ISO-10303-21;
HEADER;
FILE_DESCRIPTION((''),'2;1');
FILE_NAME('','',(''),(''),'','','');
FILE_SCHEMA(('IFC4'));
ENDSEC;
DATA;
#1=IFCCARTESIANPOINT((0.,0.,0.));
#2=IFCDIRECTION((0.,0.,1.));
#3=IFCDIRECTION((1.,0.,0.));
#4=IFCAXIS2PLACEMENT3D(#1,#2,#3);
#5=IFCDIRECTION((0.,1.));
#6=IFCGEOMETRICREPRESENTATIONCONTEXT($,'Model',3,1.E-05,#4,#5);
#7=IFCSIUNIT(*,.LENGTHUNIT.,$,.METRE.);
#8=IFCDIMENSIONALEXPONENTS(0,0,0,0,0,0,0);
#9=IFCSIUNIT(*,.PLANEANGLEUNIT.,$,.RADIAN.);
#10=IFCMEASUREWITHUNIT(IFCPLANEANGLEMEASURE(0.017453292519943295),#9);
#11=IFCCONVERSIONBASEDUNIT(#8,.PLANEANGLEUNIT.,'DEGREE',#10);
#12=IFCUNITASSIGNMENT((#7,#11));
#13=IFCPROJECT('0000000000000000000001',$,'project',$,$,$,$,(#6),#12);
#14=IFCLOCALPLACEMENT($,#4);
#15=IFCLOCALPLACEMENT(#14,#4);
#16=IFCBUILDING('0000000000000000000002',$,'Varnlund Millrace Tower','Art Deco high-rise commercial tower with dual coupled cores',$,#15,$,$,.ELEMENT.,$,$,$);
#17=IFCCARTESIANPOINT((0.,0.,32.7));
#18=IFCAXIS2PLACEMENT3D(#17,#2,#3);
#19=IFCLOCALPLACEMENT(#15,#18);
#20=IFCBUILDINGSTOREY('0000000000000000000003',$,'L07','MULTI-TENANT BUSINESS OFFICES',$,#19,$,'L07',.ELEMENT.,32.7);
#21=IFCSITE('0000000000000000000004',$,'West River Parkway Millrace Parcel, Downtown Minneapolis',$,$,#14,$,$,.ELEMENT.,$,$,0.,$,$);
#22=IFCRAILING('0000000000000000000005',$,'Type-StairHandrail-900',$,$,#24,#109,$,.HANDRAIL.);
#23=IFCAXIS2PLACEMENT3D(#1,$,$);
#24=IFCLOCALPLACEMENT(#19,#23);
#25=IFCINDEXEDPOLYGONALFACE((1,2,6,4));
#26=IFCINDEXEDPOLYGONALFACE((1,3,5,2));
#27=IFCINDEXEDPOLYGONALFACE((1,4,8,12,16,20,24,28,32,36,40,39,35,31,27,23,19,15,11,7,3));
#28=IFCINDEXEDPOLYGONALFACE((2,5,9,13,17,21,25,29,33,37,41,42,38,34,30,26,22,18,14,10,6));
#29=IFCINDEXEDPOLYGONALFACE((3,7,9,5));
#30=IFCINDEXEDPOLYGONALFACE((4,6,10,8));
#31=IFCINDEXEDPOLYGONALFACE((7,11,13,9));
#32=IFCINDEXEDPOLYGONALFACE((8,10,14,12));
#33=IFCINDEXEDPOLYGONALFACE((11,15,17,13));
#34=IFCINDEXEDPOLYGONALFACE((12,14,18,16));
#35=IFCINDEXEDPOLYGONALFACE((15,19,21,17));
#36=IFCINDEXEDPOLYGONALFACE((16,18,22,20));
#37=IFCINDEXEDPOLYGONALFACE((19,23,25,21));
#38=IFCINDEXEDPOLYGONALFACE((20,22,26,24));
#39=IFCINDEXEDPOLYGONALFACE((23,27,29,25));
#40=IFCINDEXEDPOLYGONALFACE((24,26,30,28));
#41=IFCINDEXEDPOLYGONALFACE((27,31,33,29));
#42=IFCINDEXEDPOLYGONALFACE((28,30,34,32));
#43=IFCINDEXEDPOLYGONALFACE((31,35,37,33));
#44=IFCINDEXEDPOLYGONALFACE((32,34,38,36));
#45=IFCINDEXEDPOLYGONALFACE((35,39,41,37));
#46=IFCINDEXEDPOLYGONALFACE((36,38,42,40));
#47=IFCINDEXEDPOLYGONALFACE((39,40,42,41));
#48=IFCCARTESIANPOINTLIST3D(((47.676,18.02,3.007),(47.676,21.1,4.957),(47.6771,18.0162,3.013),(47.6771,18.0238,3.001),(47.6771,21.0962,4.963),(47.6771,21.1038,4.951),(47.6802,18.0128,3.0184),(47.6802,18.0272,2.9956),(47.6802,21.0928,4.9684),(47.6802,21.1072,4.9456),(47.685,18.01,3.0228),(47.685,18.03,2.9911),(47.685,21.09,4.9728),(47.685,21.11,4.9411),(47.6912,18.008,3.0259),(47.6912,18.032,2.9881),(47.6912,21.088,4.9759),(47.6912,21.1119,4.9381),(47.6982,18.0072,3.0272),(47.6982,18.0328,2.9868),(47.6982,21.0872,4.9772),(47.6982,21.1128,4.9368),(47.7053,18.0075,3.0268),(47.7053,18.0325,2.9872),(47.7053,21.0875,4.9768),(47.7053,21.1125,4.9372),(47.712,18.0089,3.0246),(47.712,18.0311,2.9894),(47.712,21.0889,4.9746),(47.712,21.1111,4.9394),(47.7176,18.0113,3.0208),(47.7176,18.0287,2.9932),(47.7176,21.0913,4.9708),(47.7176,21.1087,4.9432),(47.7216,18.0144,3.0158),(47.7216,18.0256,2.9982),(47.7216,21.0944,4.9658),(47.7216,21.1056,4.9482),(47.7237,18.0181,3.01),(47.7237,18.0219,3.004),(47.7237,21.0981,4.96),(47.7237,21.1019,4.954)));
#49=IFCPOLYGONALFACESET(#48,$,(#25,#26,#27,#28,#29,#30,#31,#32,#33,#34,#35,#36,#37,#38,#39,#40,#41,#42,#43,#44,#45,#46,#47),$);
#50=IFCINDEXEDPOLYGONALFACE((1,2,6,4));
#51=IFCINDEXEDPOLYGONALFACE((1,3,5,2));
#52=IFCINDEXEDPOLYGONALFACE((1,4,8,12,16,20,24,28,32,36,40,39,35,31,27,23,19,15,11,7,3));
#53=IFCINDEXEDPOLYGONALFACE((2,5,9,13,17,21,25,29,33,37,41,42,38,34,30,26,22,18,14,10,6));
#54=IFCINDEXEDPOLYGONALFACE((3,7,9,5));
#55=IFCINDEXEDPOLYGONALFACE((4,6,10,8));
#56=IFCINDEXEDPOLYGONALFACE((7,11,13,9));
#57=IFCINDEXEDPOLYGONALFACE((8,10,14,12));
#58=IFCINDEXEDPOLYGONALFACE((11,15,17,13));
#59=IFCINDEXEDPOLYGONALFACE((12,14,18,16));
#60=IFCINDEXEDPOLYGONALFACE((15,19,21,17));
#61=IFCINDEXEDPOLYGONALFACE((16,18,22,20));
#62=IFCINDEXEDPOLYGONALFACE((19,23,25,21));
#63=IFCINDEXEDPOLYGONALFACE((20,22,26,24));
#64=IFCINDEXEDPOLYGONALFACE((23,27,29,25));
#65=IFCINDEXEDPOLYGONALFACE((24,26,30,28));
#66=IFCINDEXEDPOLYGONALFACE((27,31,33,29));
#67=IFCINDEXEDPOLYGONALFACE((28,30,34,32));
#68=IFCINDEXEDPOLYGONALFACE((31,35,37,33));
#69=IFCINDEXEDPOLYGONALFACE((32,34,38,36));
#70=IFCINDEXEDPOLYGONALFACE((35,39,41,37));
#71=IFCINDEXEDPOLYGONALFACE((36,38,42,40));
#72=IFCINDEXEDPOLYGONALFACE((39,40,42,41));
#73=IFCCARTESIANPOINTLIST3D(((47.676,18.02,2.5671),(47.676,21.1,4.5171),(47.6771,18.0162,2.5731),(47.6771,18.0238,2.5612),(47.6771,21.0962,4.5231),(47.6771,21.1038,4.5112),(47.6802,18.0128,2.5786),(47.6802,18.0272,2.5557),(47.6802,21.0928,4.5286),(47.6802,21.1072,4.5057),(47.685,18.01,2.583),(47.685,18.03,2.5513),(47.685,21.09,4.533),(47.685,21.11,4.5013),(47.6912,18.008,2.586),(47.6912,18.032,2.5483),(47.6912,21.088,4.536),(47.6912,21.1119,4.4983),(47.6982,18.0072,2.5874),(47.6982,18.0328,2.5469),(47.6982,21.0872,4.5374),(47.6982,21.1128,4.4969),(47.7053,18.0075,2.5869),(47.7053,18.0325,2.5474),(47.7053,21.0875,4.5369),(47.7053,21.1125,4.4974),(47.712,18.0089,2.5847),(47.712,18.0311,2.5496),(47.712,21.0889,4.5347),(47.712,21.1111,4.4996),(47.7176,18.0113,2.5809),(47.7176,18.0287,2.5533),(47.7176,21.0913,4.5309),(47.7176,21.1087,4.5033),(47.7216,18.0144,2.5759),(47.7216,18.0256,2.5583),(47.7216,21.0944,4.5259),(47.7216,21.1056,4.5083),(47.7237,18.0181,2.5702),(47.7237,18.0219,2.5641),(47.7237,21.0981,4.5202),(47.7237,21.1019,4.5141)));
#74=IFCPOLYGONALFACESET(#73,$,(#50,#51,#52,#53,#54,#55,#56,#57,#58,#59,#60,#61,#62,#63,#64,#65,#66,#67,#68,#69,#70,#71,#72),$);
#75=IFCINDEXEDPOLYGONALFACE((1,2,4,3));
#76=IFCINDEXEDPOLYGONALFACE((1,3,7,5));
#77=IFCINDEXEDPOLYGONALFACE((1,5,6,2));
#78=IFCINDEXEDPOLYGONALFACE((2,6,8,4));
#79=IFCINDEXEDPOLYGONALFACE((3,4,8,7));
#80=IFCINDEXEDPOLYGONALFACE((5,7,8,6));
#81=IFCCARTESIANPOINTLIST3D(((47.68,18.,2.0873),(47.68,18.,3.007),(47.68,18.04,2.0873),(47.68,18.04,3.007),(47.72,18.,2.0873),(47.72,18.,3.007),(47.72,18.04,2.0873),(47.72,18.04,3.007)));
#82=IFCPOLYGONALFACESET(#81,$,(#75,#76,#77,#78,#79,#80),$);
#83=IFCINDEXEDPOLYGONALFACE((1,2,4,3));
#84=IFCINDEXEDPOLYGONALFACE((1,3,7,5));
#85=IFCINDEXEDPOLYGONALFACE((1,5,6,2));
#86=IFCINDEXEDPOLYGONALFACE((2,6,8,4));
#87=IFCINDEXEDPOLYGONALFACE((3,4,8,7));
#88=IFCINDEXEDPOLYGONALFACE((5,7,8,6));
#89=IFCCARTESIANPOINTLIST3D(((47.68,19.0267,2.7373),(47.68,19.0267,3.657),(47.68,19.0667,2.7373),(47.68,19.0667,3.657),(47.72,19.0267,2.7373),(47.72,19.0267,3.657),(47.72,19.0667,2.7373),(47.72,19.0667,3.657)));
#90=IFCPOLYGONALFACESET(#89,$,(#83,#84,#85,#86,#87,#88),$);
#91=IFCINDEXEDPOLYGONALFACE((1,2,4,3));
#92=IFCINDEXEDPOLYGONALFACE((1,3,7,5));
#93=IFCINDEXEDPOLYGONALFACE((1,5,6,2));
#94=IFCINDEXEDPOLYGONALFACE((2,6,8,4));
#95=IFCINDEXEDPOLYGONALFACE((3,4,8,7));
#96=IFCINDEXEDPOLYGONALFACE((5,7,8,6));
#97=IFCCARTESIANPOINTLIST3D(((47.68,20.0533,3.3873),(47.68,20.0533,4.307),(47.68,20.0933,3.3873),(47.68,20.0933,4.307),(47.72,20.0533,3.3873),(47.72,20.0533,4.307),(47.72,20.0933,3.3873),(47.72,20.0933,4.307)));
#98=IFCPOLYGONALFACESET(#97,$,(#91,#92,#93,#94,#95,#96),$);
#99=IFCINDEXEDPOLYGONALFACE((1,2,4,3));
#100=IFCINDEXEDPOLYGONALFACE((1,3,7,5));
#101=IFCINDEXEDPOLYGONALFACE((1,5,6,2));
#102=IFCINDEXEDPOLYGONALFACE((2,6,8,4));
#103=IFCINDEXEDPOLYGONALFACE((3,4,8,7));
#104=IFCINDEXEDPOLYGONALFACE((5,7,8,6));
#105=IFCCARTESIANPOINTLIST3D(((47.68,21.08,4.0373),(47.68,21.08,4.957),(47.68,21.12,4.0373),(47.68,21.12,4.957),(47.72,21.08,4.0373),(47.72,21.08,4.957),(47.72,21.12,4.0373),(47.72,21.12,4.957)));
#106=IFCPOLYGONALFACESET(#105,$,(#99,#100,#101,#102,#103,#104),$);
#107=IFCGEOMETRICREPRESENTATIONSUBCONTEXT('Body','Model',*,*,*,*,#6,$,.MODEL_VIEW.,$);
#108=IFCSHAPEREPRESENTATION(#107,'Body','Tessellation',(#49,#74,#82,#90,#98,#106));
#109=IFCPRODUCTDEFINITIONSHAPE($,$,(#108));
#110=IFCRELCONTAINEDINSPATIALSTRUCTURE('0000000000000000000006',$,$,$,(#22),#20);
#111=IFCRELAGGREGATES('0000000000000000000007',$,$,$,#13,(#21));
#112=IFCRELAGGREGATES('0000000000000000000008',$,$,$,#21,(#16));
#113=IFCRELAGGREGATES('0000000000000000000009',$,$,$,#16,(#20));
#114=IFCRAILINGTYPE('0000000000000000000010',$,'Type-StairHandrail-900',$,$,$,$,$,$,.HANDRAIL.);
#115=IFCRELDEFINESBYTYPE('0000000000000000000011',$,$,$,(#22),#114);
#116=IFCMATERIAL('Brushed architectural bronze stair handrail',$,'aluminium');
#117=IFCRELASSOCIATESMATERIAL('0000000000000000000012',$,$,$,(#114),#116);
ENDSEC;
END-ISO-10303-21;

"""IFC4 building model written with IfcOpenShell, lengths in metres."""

from ifc_helpers import new_model, entity, si_unit, converted_unit, direction, frame, origin_with_axes, origin_2d_with_axis, place, context, subcontext, project, spatial, rectangle, circle, extrude, material, type_object, element, save


model = new_model("IFC4")

# Units and contexts
model_context = context("Model", 3, precision=1e-05, world=origin_with_axes(), true_north=direction((0.0, 1.0)))
body_context = subcontext(model_context, "Body", "Model", "MODEL_VIEW")
ifc_project = project(units=[si_unit("LENGTHUNIT", "METRE"), converted_unit("PLANEANGLEUNIT", "DEGREE", entity("IfcPlaneAngleMeasure", 0.017453292519943295), si_unit("PLANEANGLEUNIT", "RADIAN"), dimensions=[0, 0, 0, 0, 0, 0, 0])], contexts=[model_context])

# Site, building, storey
site_placement = place(None, origin_with_axes())
site = spatial("IfcSite", under=ifc_project, at=site_placement, Name="West River Parkway Millrace Parcel, Downtown Minneapolis", CompositionType="ELEMENT", RefElevation=0.0)
building_placement = place(site_placement, origin_with_axes())
building = spatial("IfcBuilding", under=site, at=building_placement, Name="Varnlund Millrace Tower", Description="Art Deco high-rise commercial tower with dual coupled cores", CompositionType="ELEMENT")
storey_placement = place(building_placement, frame((0.0, 0.0, 32.7), z_axis=(0.0, 0.0, 1.0), x_axis=(1.0, 0.0, 0.0)))
storey = spatial("IfcBuildingStorey", under=building, at=storey_placement, Name="L07", Description="MULTI-TENANT BUSINESS OFFICES", LongName="L07", CompositionType="ELEMENT", Elevation=32.7)

# Railing
ifc_material_1 = material(Name="Brushed architectural bronze stair handrail", Category="aluminium")
railing_type_1 = type_object("IfcRailingType", Name="Type-StairHandrail-900", PredefinedType="HANDRAIL", material=ifc_material_1)
railing_1_placement = place(storey_placement, frame((0.0, 0.0, -32.7), z_axis=(0.0, 0.0, 1.0), x_axis=(1.0, 0.0, 0.0)))
element("IfcRailing", 1, at=railing_1_placement, inside=storey, type_object=railing_type_1, Name="Type-StairHandrail-900", PredefinedType="HANDRAIL", context=body_context, shape_type="SweptSolid", body=[
    extrude(circle(Radius=0.024, at=origin_2d_with_axis()), frame((47.7, 18.02, 35.707), z_axis=(0.0, 0.844902, 0.534922), x_axis=(-1.0, 0.0, 0.0)), (0.0, 0.0, 1.0), 3.6454),
    extrude(circle(Radius=0.024, at=origin_2d_with_axis()), frame((47.7, 18.02, 35.2671), z_axis=(0.0, 0.844902, 0.534922), x_axis=(-1.0, 0.0, 0.0)), (0.0, 0.0, 1.0), 3.6454),
    extrude(rectangle(XDim=0.04, YDim=0.04, at=origin_2d_with_axis()), frame((47.7, 18.02, 34.7873), z_axis=(0.0, 0.0, 1.0), x_axis=(1.0, 0.0, 0.0)), (0.0, 0.0, 1.0), 0.9197),
    extrude(rectangle(XDim=0.04, YDim=0.04, at=origin_2d_with_axis()), frame((47.7, 19.0467, 35.4373), z_axis=(0.0, 0.0, 1.0), x_axis=(1.0, 0.0, 0.0)), (0.0, 0.0, 1.0), 0.9197),
    extrude(rectangle(XDim=0.04, YDim=0.04, at=origin_2d_with_axis()), frame((47.7, 20.0733, 36.0873), z_axis=(0.0, 0.0, 1.0), x_axis=(1.0, 0.0, 0.0)), (0.0, 0.0, 1.0), 0.9197),
    extrude(rectangle(XDim=0.04, YDim=0.04, at=origin_2d_with_axis()), frame((47.7, 21.1, 36.7373), z_axis=(0.0, 0.0, 1.0), x_axis=(1.0, 0.0, 0.0)), (0.0, 0.0, 1.0), 0.9197),
])

save(model, "model.ifc")
